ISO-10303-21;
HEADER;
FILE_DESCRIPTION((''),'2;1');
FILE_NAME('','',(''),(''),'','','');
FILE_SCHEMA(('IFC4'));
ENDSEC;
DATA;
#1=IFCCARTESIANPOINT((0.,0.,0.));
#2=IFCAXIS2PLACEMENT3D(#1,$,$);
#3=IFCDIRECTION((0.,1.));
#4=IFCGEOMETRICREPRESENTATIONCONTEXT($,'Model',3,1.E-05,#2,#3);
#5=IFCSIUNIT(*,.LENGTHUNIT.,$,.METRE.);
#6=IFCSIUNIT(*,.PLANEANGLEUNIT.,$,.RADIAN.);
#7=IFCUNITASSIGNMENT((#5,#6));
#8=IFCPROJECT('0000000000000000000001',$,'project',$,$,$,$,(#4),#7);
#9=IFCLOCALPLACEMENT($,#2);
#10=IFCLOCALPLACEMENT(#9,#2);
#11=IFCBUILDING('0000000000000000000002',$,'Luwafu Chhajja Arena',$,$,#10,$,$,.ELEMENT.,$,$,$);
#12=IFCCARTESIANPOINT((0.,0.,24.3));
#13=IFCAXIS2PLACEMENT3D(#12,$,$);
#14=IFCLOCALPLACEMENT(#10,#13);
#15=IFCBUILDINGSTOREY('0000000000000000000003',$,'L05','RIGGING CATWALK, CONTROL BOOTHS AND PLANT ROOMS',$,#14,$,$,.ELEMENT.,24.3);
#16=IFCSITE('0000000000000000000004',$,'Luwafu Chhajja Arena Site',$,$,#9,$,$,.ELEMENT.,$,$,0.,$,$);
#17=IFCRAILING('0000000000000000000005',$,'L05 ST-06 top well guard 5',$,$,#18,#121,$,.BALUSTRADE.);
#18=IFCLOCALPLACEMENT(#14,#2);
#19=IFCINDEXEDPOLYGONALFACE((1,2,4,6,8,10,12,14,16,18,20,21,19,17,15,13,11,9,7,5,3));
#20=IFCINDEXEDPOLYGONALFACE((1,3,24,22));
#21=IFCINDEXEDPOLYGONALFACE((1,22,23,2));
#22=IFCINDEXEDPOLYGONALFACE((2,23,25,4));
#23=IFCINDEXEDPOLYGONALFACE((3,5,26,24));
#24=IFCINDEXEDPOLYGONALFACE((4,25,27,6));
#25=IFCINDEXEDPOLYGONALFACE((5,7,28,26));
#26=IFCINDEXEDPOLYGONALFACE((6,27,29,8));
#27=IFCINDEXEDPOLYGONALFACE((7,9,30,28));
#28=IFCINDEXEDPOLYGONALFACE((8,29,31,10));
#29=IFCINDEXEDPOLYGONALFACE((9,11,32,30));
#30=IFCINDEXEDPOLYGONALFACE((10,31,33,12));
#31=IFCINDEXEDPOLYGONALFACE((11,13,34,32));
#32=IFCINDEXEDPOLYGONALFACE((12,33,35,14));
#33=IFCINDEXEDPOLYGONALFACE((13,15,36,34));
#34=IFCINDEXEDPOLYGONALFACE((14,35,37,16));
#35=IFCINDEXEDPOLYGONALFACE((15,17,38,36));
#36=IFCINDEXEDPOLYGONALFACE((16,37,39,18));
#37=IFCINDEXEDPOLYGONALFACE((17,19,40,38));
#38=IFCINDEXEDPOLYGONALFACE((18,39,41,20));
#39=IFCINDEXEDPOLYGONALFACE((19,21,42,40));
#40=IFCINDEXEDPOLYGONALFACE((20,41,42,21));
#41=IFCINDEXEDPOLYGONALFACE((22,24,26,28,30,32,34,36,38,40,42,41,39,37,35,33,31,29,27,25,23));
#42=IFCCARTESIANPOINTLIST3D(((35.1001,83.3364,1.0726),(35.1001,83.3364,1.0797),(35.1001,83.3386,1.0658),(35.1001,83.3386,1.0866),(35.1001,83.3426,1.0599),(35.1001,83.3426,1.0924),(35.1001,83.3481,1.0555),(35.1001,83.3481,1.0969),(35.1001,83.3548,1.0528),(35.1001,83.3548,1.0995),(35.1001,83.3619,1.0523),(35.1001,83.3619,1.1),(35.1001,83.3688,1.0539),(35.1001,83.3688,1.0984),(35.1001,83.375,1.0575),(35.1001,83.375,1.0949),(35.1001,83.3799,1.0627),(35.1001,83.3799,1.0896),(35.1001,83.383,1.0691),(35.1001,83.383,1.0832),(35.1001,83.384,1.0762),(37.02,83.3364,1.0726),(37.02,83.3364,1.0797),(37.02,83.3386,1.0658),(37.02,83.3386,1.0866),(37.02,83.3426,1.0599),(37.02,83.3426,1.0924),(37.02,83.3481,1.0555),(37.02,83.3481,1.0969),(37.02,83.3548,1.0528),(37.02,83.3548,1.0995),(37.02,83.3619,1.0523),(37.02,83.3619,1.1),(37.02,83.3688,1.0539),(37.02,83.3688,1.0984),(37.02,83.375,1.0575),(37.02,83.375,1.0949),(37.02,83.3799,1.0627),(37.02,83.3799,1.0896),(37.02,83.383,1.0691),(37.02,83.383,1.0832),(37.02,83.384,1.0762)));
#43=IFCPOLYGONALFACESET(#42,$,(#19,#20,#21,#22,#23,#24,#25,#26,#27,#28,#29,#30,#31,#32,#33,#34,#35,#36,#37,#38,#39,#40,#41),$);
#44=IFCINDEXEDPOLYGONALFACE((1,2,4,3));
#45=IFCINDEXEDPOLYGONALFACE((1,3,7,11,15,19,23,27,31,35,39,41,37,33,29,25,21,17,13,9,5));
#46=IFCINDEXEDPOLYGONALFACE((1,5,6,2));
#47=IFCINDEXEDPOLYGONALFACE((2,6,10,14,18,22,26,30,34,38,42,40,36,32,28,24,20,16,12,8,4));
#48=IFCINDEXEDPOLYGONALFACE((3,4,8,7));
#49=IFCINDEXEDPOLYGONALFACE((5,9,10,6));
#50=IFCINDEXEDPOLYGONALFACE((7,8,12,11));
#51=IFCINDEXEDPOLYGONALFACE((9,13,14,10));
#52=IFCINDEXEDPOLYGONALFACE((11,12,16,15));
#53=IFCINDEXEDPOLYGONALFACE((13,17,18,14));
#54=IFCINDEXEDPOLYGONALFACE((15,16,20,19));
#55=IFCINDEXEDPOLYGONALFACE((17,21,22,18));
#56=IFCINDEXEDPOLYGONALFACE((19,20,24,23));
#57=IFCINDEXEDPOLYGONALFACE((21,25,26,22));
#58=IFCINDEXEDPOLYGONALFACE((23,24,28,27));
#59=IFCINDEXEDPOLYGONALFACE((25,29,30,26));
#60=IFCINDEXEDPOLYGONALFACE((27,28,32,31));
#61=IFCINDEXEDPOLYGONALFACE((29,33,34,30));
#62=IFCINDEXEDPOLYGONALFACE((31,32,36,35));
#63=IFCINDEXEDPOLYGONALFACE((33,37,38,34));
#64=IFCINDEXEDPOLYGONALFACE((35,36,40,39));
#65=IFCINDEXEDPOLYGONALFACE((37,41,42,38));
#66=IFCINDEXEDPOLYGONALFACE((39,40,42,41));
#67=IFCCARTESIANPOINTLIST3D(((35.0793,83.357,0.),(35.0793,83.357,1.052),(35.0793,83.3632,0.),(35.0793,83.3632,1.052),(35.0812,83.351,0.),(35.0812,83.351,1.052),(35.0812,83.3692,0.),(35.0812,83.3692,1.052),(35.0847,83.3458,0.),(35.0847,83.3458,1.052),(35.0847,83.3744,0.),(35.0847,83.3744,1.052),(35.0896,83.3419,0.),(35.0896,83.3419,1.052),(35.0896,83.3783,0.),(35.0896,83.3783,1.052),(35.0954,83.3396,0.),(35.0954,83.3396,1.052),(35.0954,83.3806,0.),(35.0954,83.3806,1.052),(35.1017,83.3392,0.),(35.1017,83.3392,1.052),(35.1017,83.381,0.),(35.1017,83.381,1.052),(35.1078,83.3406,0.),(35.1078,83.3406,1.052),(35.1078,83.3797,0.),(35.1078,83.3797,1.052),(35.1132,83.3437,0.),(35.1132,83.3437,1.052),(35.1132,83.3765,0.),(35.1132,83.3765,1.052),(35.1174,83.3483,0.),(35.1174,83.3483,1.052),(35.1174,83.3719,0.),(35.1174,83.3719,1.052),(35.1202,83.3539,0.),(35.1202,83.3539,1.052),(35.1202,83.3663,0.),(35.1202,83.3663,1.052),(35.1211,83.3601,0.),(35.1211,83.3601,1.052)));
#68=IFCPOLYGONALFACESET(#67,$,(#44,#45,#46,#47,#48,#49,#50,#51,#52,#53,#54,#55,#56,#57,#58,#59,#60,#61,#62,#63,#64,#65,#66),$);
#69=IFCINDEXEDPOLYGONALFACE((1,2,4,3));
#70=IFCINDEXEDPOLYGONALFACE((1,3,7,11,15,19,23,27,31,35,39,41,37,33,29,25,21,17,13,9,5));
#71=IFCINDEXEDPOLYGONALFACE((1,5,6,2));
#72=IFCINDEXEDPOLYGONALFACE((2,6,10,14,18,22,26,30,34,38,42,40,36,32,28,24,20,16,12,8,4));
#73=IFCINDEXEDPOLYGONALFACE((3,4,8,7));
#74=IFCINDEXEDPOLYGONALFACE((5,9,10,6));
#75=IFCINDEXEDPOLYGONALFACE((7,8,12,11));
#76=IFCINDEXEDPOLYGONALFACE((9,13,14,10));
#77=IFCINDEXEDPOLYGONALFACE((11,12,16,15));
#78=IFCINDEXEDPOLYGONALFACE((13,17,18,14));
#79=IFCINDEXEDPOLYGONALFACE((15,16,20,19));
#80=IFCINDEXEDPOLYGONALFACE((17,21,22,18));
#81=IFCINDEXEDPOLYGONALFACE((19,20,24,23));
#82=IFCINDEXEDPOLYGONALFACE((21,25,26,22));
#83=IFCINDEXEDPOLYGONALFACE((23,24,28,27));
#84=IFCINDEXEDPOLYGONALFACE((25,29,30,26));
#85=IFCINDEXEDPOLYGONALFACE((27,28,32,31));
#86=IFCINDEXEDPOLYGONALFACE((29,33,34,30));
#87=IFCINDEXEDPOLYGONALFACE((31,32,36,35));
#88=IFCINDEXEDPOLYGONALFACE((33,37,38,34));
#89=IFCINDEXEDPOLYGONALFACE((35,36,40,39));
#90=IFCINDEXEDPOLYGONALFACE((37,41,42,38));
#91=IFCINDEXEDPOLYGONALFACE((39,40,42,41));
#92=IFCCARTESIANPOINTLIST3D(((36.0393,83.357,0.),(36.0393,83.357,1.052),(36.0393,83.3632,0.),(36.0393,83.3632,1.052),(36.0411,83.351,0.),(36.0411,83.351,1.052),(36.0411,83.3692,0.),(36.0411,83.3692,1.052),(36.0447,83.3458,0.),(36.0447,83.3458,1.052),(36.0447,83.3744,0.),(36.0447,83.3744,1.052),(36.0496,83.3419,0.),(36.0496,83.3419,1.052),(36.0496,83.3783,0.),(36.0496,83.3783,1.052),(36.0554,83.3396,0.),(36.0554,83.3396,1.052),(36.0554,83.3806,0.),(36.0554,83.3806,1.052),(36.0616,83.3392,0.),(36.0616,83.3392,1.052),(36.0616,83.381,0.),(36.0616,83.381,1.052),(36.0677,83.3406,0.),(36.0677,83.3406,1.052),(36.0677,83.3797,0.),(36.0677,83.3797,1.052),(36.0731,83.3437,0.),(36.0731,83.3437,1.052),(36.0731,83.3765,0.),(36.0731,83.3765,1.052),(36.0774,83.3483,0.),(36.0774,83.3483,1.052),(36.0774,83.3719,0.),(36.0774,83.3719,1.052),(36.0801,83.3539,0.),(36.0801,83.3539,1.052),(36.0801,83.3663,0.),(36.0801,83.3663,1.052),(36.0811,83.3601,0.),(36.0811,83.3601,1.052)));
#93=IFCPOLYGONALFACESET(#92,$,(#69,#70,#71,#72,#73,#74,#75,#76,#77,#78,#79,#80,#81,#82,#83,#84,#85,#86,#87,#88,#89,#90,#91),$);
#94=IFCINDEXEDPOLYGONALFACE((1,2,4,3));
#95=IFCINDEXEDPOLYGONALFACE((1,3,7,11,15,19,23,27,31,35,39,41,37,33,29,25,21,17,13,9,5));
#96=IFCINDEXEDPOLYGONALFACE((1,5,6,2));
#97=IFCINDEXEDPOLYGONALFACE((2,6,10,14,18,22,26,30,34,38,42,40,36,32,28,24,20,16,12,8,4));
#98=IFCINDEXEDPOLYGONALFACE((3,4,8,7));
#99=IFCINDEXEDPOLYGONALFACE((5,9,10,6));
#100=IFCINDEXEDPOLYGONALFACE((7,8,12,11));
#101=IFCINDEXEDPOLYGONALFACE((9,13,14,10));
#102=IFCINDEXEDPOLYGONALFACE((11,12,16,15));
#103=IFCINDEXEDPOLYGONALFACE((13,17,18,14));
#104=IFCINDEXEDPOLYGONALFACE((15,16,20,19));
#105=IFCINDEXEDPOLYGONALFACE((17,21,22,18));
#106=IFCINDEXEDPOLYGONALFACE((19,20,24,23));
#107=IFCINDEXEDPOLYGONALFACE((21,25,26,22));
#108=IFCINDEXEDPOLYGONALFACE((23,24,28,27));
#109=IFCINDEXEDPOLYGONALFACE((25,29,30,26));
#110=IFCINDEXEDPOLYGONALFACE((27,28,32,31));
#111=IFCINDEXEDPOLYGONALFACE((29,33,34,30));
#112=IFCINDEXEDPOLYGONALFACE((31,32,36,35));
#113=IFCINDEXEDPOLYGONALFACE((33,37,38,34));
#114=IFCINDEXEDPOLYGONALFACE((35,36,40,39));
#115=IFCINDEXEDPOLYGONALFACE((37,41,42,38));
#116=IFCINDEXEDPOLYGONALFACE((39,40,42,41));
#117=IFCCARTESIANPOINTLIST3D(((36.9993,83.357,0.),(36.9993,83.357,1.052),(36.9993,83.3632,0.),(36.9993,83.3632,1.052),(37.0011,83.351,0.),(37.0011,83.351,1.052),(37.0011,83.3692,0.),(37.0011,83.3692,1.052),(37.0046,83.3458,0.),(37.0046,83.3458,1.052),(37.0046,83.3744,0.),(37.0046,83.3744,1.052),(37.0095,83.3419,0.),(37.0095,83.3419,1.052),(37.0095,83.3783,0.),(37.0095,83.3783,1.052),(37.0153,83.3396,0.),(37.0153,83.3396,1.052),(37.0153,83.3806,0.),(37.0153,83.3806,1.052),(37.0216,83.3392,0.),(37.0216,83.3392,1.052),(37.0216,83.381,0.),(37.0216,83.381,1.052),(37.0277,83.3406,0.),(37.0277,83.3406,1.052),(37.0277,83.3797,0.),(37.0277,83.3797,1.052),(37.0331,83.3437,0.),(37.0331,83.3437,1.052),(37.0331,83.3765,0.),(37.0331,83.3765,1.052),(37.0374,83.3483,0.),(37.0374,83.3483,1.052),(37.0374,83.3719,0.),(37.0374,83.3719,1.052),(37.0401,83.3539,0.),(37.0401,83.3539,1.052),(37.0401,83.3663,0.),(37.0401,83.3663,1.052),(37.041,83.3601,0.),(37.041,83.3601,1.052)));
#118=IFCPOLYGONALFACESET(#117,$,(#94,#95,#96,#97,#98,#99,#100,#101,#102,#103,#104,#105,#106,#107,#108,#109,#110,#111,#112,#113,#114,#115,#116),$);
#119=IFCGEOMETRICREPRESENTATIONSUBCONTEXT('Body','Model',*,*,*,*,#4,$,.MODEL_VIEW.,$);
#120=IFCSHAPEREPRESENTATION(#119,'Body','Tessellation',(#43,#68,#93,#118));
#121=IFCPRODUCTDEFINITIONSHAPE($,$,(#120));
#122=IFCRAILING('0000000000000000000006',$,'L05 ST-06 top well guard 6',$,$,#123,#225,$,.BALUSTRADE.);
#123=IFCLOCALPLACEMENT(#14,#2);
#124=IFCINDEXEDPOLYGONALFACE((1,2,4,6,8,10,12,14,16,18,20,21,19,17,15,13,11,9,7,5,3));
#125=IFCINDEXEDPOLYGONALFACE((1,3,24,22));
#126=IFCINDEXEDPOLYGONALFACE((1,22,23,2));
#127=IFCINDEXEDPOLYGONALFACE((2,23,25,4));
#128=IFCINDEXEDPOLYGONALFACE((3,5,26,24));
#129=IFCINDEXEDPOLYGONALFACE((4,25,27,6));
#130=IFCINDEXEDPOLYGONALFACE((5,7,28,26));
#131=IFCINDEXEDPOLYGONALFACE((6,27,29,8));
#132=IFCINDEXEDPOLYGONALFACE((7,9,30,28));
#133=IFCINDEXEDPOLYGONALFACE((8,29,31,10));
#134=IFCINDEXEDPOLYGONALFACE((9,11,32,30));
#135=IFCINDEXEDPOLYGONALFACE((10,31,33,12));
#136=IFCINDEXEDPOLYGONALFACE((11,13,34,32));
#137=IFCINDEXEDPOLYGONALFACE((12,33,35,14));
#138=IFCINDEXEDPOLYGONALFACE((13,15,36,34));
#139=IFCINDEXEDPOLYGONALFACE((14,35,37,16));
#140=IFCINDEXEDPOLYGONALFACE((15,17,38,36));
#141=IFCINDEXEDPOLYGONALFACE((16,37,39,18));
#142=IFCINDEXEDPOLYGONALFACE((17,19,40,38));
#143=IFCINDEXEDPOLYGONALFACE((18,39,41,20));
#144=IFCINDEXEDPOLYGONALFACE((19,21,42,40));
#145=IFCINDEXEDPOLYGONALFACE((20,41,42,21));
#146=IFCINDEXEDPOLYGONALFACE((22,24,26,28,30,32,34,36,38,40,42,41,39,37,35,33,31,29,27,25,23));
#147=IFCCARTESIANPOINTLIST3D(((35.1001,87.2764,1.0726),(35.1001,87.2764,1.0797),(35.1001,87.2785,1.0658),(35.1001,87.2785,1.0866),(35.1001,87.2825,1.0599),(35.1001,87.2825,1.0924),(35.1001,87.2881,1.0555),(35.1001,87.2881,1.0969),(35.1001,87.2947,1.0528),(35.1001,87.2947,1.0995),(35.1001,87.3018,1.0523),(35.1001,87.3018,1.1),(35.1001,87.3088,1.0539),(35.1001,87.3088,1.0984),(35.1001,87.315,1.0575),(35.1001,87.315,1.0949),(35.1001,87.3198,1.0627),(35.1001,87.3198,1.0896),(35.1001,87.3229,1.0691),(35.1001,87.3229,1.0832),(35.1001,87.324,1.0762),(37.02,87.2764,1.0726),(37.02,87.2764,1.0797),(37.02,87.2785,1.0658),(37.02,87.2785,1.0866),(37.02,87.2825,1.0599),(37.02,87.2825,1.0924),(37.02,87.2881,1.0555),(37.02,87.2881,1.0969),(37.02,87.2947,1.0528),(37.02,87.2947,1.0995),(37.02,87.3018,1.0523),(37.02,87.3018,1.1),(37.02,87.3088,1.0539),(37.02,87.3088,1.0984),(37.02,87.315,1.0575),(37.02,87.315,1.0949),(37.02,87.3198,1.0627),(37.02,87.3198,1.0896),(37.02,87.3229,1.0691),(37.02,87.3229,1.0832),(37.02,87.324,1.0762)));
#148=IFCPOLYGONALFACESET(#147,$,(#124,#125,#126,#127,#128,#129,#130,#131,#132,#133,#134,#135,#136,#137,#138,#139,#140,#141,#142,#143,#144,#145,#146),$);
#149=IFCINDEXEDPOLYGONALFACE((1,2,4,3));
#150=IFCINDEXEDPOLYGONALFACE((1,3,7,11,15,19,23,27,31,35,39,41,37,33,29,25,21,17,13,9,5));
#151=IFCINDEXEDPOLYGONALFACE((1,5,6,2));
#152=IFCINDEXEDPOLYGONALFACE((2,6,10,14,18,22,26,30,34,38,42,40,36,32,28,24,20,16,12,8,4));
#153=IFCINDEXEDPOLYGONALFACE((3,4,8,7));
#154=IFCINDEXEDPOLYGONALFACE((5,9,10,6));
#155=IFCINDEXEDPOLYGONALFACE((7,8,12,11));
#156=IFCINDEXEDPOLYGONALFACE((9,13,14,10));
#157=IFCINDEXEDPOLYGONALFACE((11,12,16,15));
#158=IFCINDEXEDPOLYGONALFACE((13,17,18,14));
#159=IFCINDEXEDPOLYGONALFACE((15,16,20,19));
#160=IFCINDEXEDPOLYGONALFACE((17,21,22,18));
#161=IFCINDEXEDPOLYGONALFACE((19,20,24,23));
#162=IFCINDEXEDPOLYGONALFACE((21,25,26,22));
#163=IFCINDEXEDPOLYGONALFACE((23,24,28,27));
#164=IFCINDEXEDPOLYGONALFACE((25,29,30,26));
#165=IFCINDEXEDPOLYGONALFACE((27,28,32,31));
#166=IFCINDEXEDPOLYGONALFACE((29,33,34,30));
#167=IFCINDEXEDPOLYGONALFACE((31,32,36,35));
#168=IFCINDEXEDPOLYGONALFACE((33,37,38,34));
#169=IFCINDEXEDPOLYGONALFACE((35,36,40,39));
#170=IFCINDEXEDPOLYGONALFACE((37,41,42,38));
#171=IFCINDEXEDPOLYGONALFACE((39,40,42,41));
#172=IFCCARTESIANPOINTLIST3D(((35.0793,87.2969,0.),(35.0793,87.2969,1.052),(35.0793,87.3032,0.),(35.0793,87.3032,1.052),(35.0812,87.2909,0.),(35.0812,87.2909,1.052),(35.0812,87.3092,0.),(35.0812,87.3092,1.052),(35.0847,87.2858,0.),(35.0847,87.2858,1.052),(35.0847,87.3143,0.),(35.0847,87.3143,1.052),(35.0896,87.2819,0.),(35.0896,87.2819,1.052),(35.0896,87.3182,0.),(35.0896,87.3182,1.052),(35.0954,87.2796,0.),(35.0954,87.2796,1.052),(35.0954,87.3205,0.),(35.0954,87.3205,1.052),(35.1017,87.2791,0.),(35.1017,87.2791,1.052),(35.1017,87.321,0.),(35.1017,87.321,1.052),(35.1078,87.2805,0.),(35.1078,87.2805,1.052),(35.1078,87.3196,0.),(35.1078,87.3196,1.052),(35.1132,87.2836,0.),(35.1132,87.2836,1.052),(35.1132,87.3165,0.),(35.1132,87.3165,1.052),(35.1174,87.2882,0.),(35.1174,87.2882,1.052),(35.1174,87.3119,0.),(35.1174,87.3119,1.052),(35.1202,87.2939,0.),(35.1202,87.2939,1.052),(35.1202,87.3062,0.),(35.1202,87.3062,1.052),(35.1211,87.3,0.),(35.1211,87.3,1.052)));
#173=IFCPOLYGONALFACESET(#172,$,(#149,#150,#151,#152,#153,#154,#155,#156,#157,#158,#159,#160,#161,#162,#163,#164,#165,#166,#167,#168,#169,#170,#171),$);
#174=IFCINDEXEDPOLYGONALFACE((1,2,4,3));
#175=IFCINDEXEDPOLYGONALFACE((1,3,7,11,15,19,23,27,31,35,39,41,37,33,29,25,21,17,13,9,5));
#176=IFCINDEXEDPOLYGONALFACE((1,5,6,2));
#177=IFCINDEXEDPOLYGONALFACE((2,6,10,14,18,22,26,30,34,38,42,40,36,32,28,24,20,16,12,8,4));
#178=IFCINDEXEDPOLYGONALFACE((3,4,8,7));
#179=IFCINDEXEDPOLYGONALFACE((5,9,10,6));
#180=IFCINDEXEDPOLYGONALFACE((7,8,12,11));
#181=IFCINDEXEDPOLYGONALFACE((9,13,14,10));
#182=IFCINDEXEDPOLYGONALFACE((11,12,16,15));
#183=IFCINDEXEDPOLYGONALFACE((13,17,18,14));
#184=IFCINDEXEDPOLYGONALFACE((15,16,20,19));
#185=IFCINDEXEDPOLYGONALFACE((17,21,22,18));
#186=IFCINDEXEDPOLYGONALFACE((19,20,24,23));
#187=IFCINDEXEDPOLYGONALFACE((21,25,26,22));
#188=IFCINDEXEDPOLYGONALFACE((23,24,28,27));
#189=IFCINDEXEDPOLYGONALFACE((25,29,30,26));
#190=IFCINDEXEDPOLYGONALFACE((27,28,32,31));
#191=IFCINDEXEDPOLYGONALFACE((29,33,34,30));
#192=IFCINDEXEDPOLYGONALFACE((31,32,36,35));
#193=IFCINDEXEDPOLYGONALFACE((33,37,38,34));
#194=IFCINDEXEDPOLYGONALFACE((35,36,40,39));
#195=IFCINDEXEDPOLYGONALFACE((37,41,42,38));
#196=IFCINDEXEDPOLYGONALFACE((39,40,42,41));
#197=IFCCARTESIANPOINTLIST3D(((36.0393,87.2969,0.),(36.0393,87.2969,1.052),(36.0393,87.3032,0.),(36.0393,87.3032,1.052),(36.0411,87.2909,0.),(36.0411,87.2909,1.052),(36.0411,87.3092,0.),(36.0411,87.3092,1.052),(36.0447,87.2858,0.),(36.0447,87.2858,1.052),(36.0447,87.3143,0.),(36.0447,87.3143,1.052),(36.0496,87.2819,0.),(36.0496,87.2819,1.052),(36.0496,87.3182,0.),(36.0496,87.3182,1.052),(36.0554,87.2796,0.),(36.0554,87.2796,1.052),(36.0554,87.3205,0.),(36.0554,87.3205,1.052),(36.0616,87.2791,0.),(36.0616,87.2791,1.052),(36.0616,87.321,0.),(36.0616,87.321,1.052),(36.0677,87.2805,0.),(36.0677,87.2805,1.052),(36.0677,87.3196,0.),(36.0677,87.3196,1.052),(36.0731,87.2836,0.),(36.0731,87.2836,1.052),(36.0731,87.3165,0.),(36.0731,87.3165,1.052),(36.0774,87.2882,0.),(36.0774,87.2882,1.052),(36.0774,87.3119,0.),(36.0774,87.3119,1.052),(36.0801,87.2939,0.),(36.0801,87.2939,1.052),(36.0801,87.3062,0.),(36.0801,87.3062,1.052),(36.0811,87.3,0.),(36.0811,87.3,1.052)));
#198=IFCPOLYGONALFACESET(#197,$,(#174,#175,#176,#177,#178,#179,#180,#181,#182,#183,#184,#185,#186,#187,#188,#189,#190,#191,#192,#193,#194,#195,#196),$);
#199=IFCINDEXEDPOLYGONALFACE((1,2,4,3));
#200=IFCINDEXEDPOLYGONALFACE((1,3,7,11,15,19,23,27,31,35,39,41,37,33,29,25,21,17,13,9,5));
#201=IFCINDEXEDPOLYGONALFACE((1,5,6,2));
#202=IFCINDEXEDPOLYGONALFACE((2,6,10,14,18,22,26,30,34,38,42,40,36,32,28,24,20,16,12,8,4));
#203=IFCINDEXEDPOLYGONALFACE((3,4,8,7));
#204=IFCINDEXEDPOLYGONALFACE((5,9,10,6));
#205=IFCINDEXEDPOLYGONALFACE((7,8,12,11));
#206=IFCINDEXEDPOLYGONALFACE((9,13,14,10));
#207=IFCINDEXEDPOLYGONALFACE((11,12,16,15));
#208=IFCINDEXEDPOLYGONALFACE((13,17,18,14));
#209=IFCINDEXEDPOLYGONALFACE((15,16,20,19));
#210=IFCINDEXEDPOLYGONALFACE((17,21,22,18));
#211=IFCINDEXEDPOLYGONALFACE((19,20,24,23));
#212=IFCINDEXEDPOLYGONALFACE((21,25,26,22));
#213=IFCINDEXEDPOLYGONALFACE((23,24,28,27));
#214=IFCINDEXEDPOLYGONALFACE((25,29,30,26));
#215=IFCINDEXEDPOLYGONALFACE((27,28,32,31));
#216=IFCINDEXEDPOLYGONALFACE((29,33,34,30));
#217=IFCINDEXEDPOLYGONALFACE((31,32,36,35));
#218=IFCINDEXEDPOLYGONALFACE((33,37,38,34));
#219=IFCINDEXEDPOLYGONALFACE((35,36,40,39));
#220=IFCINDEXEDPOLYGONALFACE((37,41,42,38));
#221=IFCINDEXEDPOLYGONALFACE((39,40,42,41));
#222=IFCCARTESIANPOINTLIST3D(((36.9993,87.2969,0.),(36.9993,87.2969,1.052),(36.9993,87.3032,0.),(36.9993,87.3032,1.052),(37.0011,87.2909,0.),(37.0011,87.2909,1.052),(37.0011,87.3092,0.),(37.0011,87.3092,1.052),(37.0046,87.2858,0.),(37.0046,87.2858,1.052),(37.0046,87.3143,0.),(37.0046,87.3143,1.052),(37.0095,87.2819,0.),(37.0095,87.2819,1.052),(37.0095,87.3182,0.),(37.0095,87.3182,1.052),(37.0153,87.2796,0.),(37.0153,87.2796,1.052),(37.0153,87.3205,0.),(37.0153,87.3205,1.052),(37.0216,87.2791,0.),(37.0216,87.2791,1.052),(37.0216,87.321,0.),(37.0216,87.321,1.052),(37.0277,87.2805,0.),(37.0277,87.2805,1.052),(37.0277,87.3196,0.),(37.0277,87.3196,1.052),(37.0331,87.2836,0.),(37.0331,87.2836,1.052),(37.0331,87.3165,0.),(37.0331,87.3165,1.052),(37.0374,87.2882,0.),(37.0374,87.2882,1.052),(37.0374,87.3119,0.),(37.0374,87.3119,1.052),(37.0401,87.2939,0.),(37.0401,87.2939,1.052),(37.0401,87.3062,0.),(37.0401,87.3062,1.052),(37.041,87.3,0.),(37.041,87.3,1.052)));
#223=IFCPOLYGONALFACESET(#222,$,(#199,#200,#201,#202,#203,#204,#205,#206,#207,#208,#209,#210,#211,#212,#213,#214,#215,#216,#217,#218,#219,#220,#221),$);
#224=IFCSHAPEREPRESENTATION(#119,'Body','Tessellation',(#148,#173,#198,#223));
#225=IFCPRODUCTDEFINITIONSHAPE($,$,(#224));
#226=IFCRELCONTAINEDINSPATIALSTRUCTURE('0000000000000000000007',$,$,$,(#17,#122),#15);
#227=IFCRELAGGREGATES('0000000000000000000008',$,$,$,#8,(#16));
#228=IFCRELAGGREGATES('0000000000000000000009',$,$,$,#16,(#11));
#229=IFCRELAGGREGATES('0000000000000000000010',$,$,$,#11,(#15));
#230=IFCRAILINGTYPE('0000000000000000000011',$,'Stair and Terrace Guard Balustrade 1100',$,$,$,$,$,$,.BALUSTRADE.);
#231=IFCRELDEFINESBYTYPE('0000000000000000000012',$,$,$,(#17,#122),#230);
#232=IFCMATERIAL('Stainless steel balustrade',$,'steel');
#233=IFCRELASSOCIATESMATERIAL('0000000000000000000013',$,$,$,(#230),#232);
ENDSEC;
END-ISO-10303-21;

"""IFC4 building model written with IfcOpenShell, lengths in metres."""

from ifc_helpers import new_model, si_unit, direction, frame, origin, origin_2d, place, context, subcontext, project, spatial, circle, extrude, material, type_object, element, save


model = new_model("IFC4")

# Units and contexts
model_context = context("Model", 3, precision=1e-05, world=origin(), true_north=direction((0.0, 1.0)))
body_context = subcontext(model_context, "Body", "Model", "MODEL_VIEW")
ifc_project = project(units=[si_unit("LENGTHUNIT", "METRE"), si_unit("PLANEANGLEUNIT", "RADIAN")], contexts=[model_context])

# Site, building, storey
site_placement = place(None, origin())
site = spatial("IfcSite", under=ifc_project, at=site_placement, Name="Luwafu Chhajja Arena Site", CompositionType="ELEMENT", RefElevation=0.0)
building_placement = place(site_placement, origin())
building = spatial("IfcBuilding", under=site, at=building_placement, Name="Luwafu Chhajja Arena", CompositionType="ELEMENT")
storey_placement = place(building_placement, frame((0.0, 0.0, 24.3)))
storey = spatial("IfcBuildingStorey", under=building, at=storey_placement, Name="L05", Description="RIGGING CATWALK, CONTROL BOOTHS AND PLANT ROOMS", CompositionType="ELEMENT", Elevation=24.3)

# Railings
ifc_material_1 = material(Name="Stainless steel balustrade", Category="steel")
railing_type = type_object("IfcRailingType", Name="Stair and Terrace Guard Balustrade 1100", PredefinedType="BALUSTRADE", material=ifc_material_1)
for number, where, name in (
    (1, (35.1001, 83.3601, 0.0), "L05 ST-06 top well guard 5"),
    (2, (35.1001, 87.3, 0.0), "L05 ST-06 top well guard 6"),
):
    element("IfcRailing", number, at=place(storey_placement, frame(where)), inside=storey, type_object=railing_type, Name=name, PredefinedType="BALUSTRADE", context=body_context, shape_type="SweptSolid", body=[
        extrude(circle(Radius=0.0239, at=origin_2d()), frame((0.0, 0.0, 1.0762), z_axis=(1.0, 0.0, 0.0), x_axis=(0.0, 1.0, 0.0)), (0.0, 0.0, 1.0), 1.9199),
        extrude(circle(Radius=0.021, at=origin_2d()), origin(), (0.0, 0.0, 1.0), 1.052),
        extrude(circle(Radius=0.021, at=origin_2d()), frame((0.96, 0.0, 0.0)), (0.0, 0.0, 1.0), 1.052),
        extrude(circle(Radius=0.021, at=origin_2d()), frame((1.9199, 0.0, 0.0)), (0.0, 0.0, 1.0), 1.052),
    ])

save(model, "model.ifc")
